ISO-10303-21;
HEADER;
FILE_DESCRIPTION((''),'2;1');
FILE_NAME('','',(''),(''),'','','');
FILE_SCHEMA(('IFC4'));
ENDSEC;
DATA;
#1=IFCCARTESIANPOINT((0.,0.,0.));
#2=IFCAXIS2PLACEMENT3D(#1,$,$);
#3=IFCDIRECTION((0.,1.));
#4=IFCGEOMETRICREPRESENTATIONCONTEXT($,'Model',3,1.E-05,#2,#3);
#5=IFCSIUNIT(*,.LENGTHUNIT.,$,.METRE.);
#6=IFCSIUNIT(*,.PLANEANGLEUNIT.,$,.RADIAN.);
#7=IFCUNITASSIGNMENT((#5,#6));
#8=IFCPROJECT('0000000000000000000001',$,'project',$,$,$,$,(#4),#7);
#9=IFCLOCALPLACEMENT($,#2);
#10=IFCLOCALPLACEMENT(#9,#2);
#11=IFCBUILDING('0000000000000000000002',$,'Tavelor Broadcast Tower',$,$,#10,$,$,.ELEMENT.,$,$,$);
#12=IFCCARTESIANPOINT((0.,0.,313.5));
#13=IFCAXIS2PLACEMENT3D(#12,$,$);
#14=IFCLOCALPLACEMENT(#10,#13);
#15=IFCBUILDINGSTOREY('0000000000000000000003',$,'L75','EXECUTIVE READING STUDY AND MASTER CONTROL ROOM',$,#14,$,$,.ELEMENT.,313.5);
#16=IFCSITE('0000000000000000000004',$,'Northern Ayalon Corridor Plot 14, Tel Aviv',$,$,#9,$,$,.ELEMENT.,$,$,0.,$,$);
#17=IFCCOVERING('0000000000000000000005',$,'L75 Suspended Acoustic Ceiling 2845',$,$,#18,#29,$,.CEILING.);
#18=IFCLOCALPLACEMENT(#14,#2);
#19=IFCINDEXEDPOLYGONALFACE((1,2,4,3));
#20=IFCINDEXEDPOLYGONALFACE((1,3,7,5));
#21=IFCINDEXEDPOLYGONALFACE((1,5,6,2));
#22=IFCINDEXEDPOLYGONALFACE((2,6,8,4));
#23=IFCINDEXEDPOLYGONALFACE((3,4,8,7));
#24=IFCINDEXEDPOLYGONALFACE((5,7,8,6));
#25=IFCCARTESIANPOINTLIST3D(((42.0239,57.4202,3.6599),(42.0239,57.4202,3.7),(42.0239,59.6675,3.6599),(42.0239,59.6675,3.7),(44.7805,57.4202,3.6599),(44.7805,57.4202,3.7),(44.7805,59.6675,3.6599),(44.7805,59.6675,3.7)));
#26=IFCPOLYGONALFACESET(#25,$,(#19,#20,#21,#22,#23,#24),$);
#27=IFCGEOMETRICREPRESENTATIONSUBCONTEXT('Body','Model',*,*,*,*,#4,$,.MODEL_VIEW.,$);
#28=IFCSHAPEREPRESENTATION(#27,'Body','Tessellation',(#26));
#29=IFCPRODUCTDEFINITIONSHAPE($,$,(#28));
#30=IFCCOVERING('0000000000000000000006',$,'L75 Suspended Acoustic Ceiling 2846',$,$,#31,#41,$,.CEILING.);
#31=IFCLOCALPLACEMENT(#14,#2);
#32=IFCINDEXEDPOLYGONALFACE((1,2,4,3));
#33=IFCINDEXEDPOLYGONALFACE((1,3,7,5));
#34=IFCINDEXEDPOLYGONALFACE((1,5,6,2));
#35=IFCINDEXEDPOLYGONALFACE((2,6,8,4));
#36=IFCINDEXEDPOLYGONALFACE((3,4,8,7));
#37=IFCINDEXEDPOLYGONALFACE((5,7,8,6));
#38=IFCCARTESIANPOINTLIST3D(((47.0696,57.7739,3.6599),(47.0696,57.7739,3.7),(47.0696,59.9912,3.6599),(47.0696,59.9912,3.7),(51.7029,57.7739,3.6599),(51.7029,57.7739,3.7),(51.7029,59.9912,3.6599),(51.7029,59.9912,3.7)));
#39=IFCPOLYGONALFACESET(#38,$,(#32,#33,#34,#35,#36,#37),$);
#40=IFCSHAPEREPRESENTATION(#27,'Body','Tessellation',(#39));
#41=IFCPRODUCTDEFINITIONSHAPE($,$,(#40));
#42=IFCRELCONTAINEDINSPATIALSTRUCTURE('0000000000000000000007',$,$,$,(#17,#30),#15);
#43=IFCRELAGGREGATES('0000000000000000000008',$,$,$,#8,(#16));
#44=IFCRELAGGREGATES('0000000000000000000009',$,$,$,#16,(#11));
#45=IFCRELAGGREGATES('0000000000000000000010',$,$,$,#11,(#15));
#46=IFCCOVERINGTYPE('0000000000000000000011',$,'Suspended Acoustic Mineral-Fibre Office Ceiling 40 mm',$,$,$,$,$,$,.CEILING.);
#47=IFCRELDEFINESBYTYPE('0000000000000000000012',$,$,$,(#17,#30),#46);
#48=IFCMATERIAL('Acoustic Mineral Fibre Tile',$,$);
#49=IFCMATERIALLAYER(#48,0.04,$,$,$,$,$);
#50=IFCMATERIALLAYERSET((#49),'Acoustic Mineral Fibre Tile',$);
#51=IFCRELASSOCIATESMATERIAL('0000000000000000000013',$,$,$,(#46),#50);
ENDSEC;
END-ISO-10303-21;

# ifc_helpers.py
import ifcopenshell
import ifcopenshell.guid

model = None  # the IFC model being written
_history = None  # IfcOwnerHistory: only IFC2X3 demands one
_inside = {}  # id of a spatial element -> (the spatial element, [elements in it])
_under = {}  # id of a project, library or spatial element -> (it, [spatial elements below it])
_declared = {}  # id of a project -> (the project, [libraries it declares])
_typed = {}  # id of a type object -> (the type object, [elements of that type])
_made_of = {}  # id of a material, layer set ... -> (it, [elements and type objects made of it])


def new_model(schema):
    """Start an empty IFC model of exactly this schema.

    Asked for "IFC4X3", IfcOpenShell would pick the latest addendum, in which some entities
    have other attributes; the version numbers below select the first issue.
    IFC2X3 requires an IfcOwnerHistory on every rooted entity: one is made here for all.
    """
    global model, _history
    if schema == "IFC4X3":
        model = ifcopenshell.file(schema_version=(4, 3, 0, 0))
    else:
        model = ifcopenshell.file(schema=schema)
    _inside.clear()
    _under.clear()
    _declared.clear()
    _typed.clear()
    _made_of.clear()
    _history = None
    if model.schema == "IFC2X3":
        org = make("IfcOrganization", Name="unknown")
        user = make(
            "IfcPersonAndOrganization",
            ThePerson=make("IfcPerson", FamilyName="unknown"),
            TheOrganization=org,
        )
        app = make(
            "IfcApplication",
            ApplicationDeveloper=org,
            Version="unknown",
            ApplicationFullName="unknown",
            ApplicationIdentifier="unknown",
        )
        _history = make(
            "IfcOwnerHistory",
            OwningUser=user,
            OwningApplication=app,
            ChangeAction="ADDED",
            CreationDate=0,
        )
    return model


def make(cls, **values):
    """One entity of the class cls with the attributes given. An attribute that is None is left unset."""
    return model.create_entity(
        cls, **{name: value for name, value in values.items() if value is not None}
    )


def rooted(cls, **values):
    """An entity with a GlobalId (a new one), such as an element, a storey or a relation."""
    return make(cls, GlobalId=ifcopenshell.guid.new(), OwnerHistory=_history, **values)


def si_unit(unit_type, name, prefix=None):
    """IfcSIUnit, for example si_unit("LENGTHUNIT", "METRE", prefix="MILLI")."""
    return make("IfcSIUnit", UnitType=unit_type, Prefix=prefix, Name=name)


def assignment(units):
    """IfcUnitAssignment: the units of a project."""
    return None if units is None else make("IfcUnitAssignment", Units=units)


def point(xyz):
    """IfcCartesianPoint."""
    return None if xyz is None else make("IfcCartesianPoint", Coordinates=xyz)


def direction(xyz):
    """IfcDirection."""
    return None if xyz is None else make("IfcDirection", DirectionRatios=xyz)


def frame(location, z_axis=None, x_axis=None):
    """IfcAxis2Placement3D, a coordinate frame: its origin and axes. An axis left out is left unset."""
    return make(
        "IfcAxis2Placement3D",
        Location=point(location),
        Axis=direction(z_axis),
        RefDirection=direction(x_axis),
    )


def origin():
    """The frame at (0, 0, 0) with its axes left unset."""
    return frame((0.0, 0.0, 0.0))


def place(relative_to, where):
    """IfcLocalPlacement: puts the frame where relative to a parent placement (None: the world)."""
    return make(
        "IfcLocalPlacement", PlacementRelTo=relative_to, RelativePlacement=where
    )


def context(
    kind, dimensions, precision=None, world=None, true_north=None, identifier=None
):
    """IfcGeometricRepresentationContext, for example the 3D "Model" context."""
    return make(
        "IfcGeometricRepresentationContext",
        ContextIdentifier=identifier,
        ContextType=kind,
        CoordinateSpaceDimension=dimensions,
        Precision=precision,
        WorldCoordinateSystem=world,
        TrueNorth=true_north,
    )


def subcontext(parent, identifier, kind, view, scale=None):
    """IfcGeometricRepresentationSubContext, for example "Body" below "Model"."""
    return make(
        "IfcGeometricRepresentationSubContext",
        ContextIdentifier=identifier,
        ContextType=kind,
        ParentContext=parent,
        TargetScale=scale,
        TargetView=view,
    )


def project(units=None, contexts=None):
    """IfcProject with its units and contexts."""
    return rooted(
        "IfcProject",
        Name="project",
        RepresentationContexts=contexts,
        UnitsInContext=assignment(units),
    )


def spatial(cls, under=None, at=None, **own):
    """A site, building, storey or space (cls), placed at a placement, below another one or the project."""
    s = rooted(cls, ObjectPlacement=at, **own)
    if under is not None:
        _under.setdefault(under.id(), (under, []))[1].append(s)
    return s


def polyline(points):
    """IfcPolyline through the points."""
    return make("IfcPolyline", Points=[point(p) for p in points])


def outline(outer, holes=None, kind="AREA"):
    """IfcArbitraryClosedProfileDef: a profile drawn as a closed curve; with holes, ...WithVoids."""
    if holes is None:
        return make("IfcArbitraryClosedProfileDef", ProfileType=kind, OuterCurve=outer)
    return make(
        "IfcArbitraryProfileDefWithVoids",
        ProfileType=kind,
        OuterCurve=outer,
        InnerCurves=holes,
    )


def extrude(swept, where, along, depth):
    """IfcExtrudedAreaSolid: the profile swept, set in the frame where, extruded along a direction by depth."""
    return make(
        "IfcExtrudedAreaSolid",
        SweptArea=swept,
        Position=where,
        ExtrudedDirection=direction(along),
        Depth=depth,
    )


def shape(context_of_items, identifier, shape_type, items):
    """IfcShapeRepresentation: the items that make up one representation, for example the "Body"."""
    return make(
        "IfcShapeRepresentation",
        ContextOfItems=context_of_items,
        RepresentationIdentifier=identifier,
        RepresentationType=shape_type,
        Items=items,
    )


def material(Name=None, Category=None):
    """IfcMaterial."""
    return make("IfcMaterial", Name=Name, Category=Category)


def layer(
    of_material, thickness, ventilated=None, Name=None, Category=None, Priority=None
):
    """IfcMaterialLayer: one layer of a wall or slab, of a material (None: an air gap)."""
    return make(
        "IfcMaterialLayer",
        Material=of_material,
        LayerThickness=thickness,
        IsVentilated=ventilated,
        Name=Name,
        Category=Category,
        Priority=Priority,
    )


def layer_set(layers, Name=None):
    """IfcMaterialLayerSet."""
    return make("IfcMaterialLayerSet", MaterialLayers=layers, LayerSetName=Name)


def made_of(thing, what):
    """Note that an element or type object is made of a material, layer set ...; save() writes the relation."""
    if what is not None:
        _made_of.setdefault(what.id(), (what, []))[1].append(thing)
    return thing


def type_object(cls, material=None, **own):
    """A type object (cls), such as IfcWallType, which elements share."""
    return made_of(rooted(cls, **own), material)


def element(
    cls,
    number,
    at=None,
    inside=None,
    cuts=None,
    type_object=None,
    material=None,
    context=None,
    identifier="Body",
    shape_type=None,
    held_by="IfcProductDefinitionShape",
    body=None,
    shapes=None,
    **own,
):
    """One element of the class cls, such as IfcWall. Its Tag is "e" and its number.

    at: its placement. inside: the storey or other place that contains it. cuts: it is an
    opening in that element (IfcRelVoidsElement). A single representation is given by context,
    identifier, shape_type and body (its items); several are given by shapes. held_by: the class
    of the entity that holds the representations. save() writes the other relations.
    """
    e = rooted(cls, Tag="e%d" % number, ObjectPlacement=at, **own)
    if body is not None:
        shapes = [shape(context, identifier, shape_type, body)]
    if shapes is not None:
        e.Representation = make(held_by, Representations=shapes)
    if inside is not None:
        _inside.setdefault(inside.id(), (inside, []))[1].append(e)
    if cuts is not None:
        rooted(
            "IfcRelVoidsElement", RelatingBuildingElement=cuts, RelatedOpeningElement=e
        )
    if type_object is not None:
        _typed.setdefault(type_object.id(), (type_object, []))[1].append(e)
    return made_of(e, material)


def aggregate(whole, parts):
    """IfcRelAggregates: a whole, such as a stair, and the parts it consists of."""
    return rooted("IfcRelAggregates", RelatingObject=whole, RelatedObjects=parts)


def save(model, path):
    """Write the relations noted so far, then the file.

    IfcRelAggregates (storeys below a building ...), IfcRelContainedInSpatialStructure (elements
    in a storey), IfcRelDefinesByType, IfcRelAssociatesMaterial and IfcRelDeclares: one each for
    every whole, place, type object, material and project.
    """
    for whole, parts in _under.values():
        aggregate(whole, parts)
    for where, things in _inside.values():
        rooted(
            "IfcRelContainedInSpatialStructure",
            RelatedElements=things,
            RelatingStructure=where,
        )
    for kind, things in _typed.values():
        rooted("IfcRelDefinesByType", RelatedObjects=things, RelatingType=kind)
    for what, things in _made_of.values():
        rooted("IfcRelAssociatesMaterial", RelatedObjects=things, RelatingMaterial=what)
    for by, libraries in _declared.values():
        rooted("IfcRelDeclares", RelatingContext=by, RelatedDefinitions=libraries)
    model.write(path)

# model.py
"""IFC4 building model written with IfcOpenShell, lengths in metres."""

from ifc_helpers import new_model, si_unit, direction, frame, origin, place, context, subcontext, project, spatial, polyline, outline, extrude, material, layer, layer_set, type_object, element, save


model = new_model("IFC4")

# Units and contexts
model_context = context("Model", 3, precision=1e-05, world=origin(), true_north=direction((0.0, 1.0)))
body_context = subcontext(model_context, "Body", "Model", "MODEL_VIEW")
ifc_project = project(units=[si_unit("LENGTHUNIT", "METRE"), si_unit("PLANEANGLEUNIT", "RADIAN")], contexts=[model_context])

# Site, building, storey
site_placement = place(None, origin())
site = spatial("IfcSite", under=ifc_project, at=site_placement, Name="Northern Ayalon Corridor Plot 14, Tel Aviv", CompositionType="ELEMENT", RefElevation=0.0)
building_placement = place(site_placement, origin())
building = spatial("IfcBuilding", under=site, at=building_placement, Name="Tavelor Broadcast Tower", CompositionType="ELEMENT")
storey_placement = place(building_placement, frame((0.0, 0.0, 313.5)))
storey = spatial("IfcBuildingStorey", under=building, at=storey_placement, Name="L75", Description="EXECUTIVE READING STUDY AND MASTER CONTROL ROOM", CompositionType="ELEMENT", Elevation=313.5)

# Coverings
ifc_material_1 = material(Name="Acoustic Mineral Fibre Tile")
ifc_layer_1 = layer(ifc_material_1, 0.04)
ifc_layer_set_1 = layer_set([ifc_layer_1], Name="Acoustic Mineral Fibre Tile")
covering_type_1 = type_object("IfcCoveringType", Name="Suspended Acoustic Mineral-Fibre Office Ceiling 40 mm", PredefinedType="CEILING", material=ifc_layer_set_1)
covering_1_placement = place(storey_placement, frame((0.0, 0.0, 3.6599)))
element("IfcCovering", 1, at=covering_1_placement, inside=storey, type_object=covering_type_1, Name="L75 Suspended Acoustic Ceiling 2845", PredefinedType="CEILING", context=body_context, shape_type="SweptSolid", body=[
    extrude(outline(polyline([(42.0239, 57.4202), (44.7805, 57.4202), (44.7805, 59.6675), (42.0239, 59.6675), (42.0239, 57.4202)])), origin(), (0.0, 0.0, 1.0), 0.04),
])
covering_2_placement = place(storey_placement, frame((0.0, 0.0, 3.6599)))
element("IfcCovering", 2, at=covering_2_placement, inside=storey, type_object=covering_type_1, Name="L75 Suspended Acoustic Ceiling 2846", PredefinedType="CEILING", context=body_context, shape_type="SweptSolid", body=[
    extrude(outline(polyline([(47.0696, 57.7739), (51.7029, 57.7739), (51.7029, 59.9912), (47.0696, 59.9912), (47.0696, 57.7739)])), origin(), (0.0, 0.0, 1.0), 0.04),
])

save(model, "model.ifc")
